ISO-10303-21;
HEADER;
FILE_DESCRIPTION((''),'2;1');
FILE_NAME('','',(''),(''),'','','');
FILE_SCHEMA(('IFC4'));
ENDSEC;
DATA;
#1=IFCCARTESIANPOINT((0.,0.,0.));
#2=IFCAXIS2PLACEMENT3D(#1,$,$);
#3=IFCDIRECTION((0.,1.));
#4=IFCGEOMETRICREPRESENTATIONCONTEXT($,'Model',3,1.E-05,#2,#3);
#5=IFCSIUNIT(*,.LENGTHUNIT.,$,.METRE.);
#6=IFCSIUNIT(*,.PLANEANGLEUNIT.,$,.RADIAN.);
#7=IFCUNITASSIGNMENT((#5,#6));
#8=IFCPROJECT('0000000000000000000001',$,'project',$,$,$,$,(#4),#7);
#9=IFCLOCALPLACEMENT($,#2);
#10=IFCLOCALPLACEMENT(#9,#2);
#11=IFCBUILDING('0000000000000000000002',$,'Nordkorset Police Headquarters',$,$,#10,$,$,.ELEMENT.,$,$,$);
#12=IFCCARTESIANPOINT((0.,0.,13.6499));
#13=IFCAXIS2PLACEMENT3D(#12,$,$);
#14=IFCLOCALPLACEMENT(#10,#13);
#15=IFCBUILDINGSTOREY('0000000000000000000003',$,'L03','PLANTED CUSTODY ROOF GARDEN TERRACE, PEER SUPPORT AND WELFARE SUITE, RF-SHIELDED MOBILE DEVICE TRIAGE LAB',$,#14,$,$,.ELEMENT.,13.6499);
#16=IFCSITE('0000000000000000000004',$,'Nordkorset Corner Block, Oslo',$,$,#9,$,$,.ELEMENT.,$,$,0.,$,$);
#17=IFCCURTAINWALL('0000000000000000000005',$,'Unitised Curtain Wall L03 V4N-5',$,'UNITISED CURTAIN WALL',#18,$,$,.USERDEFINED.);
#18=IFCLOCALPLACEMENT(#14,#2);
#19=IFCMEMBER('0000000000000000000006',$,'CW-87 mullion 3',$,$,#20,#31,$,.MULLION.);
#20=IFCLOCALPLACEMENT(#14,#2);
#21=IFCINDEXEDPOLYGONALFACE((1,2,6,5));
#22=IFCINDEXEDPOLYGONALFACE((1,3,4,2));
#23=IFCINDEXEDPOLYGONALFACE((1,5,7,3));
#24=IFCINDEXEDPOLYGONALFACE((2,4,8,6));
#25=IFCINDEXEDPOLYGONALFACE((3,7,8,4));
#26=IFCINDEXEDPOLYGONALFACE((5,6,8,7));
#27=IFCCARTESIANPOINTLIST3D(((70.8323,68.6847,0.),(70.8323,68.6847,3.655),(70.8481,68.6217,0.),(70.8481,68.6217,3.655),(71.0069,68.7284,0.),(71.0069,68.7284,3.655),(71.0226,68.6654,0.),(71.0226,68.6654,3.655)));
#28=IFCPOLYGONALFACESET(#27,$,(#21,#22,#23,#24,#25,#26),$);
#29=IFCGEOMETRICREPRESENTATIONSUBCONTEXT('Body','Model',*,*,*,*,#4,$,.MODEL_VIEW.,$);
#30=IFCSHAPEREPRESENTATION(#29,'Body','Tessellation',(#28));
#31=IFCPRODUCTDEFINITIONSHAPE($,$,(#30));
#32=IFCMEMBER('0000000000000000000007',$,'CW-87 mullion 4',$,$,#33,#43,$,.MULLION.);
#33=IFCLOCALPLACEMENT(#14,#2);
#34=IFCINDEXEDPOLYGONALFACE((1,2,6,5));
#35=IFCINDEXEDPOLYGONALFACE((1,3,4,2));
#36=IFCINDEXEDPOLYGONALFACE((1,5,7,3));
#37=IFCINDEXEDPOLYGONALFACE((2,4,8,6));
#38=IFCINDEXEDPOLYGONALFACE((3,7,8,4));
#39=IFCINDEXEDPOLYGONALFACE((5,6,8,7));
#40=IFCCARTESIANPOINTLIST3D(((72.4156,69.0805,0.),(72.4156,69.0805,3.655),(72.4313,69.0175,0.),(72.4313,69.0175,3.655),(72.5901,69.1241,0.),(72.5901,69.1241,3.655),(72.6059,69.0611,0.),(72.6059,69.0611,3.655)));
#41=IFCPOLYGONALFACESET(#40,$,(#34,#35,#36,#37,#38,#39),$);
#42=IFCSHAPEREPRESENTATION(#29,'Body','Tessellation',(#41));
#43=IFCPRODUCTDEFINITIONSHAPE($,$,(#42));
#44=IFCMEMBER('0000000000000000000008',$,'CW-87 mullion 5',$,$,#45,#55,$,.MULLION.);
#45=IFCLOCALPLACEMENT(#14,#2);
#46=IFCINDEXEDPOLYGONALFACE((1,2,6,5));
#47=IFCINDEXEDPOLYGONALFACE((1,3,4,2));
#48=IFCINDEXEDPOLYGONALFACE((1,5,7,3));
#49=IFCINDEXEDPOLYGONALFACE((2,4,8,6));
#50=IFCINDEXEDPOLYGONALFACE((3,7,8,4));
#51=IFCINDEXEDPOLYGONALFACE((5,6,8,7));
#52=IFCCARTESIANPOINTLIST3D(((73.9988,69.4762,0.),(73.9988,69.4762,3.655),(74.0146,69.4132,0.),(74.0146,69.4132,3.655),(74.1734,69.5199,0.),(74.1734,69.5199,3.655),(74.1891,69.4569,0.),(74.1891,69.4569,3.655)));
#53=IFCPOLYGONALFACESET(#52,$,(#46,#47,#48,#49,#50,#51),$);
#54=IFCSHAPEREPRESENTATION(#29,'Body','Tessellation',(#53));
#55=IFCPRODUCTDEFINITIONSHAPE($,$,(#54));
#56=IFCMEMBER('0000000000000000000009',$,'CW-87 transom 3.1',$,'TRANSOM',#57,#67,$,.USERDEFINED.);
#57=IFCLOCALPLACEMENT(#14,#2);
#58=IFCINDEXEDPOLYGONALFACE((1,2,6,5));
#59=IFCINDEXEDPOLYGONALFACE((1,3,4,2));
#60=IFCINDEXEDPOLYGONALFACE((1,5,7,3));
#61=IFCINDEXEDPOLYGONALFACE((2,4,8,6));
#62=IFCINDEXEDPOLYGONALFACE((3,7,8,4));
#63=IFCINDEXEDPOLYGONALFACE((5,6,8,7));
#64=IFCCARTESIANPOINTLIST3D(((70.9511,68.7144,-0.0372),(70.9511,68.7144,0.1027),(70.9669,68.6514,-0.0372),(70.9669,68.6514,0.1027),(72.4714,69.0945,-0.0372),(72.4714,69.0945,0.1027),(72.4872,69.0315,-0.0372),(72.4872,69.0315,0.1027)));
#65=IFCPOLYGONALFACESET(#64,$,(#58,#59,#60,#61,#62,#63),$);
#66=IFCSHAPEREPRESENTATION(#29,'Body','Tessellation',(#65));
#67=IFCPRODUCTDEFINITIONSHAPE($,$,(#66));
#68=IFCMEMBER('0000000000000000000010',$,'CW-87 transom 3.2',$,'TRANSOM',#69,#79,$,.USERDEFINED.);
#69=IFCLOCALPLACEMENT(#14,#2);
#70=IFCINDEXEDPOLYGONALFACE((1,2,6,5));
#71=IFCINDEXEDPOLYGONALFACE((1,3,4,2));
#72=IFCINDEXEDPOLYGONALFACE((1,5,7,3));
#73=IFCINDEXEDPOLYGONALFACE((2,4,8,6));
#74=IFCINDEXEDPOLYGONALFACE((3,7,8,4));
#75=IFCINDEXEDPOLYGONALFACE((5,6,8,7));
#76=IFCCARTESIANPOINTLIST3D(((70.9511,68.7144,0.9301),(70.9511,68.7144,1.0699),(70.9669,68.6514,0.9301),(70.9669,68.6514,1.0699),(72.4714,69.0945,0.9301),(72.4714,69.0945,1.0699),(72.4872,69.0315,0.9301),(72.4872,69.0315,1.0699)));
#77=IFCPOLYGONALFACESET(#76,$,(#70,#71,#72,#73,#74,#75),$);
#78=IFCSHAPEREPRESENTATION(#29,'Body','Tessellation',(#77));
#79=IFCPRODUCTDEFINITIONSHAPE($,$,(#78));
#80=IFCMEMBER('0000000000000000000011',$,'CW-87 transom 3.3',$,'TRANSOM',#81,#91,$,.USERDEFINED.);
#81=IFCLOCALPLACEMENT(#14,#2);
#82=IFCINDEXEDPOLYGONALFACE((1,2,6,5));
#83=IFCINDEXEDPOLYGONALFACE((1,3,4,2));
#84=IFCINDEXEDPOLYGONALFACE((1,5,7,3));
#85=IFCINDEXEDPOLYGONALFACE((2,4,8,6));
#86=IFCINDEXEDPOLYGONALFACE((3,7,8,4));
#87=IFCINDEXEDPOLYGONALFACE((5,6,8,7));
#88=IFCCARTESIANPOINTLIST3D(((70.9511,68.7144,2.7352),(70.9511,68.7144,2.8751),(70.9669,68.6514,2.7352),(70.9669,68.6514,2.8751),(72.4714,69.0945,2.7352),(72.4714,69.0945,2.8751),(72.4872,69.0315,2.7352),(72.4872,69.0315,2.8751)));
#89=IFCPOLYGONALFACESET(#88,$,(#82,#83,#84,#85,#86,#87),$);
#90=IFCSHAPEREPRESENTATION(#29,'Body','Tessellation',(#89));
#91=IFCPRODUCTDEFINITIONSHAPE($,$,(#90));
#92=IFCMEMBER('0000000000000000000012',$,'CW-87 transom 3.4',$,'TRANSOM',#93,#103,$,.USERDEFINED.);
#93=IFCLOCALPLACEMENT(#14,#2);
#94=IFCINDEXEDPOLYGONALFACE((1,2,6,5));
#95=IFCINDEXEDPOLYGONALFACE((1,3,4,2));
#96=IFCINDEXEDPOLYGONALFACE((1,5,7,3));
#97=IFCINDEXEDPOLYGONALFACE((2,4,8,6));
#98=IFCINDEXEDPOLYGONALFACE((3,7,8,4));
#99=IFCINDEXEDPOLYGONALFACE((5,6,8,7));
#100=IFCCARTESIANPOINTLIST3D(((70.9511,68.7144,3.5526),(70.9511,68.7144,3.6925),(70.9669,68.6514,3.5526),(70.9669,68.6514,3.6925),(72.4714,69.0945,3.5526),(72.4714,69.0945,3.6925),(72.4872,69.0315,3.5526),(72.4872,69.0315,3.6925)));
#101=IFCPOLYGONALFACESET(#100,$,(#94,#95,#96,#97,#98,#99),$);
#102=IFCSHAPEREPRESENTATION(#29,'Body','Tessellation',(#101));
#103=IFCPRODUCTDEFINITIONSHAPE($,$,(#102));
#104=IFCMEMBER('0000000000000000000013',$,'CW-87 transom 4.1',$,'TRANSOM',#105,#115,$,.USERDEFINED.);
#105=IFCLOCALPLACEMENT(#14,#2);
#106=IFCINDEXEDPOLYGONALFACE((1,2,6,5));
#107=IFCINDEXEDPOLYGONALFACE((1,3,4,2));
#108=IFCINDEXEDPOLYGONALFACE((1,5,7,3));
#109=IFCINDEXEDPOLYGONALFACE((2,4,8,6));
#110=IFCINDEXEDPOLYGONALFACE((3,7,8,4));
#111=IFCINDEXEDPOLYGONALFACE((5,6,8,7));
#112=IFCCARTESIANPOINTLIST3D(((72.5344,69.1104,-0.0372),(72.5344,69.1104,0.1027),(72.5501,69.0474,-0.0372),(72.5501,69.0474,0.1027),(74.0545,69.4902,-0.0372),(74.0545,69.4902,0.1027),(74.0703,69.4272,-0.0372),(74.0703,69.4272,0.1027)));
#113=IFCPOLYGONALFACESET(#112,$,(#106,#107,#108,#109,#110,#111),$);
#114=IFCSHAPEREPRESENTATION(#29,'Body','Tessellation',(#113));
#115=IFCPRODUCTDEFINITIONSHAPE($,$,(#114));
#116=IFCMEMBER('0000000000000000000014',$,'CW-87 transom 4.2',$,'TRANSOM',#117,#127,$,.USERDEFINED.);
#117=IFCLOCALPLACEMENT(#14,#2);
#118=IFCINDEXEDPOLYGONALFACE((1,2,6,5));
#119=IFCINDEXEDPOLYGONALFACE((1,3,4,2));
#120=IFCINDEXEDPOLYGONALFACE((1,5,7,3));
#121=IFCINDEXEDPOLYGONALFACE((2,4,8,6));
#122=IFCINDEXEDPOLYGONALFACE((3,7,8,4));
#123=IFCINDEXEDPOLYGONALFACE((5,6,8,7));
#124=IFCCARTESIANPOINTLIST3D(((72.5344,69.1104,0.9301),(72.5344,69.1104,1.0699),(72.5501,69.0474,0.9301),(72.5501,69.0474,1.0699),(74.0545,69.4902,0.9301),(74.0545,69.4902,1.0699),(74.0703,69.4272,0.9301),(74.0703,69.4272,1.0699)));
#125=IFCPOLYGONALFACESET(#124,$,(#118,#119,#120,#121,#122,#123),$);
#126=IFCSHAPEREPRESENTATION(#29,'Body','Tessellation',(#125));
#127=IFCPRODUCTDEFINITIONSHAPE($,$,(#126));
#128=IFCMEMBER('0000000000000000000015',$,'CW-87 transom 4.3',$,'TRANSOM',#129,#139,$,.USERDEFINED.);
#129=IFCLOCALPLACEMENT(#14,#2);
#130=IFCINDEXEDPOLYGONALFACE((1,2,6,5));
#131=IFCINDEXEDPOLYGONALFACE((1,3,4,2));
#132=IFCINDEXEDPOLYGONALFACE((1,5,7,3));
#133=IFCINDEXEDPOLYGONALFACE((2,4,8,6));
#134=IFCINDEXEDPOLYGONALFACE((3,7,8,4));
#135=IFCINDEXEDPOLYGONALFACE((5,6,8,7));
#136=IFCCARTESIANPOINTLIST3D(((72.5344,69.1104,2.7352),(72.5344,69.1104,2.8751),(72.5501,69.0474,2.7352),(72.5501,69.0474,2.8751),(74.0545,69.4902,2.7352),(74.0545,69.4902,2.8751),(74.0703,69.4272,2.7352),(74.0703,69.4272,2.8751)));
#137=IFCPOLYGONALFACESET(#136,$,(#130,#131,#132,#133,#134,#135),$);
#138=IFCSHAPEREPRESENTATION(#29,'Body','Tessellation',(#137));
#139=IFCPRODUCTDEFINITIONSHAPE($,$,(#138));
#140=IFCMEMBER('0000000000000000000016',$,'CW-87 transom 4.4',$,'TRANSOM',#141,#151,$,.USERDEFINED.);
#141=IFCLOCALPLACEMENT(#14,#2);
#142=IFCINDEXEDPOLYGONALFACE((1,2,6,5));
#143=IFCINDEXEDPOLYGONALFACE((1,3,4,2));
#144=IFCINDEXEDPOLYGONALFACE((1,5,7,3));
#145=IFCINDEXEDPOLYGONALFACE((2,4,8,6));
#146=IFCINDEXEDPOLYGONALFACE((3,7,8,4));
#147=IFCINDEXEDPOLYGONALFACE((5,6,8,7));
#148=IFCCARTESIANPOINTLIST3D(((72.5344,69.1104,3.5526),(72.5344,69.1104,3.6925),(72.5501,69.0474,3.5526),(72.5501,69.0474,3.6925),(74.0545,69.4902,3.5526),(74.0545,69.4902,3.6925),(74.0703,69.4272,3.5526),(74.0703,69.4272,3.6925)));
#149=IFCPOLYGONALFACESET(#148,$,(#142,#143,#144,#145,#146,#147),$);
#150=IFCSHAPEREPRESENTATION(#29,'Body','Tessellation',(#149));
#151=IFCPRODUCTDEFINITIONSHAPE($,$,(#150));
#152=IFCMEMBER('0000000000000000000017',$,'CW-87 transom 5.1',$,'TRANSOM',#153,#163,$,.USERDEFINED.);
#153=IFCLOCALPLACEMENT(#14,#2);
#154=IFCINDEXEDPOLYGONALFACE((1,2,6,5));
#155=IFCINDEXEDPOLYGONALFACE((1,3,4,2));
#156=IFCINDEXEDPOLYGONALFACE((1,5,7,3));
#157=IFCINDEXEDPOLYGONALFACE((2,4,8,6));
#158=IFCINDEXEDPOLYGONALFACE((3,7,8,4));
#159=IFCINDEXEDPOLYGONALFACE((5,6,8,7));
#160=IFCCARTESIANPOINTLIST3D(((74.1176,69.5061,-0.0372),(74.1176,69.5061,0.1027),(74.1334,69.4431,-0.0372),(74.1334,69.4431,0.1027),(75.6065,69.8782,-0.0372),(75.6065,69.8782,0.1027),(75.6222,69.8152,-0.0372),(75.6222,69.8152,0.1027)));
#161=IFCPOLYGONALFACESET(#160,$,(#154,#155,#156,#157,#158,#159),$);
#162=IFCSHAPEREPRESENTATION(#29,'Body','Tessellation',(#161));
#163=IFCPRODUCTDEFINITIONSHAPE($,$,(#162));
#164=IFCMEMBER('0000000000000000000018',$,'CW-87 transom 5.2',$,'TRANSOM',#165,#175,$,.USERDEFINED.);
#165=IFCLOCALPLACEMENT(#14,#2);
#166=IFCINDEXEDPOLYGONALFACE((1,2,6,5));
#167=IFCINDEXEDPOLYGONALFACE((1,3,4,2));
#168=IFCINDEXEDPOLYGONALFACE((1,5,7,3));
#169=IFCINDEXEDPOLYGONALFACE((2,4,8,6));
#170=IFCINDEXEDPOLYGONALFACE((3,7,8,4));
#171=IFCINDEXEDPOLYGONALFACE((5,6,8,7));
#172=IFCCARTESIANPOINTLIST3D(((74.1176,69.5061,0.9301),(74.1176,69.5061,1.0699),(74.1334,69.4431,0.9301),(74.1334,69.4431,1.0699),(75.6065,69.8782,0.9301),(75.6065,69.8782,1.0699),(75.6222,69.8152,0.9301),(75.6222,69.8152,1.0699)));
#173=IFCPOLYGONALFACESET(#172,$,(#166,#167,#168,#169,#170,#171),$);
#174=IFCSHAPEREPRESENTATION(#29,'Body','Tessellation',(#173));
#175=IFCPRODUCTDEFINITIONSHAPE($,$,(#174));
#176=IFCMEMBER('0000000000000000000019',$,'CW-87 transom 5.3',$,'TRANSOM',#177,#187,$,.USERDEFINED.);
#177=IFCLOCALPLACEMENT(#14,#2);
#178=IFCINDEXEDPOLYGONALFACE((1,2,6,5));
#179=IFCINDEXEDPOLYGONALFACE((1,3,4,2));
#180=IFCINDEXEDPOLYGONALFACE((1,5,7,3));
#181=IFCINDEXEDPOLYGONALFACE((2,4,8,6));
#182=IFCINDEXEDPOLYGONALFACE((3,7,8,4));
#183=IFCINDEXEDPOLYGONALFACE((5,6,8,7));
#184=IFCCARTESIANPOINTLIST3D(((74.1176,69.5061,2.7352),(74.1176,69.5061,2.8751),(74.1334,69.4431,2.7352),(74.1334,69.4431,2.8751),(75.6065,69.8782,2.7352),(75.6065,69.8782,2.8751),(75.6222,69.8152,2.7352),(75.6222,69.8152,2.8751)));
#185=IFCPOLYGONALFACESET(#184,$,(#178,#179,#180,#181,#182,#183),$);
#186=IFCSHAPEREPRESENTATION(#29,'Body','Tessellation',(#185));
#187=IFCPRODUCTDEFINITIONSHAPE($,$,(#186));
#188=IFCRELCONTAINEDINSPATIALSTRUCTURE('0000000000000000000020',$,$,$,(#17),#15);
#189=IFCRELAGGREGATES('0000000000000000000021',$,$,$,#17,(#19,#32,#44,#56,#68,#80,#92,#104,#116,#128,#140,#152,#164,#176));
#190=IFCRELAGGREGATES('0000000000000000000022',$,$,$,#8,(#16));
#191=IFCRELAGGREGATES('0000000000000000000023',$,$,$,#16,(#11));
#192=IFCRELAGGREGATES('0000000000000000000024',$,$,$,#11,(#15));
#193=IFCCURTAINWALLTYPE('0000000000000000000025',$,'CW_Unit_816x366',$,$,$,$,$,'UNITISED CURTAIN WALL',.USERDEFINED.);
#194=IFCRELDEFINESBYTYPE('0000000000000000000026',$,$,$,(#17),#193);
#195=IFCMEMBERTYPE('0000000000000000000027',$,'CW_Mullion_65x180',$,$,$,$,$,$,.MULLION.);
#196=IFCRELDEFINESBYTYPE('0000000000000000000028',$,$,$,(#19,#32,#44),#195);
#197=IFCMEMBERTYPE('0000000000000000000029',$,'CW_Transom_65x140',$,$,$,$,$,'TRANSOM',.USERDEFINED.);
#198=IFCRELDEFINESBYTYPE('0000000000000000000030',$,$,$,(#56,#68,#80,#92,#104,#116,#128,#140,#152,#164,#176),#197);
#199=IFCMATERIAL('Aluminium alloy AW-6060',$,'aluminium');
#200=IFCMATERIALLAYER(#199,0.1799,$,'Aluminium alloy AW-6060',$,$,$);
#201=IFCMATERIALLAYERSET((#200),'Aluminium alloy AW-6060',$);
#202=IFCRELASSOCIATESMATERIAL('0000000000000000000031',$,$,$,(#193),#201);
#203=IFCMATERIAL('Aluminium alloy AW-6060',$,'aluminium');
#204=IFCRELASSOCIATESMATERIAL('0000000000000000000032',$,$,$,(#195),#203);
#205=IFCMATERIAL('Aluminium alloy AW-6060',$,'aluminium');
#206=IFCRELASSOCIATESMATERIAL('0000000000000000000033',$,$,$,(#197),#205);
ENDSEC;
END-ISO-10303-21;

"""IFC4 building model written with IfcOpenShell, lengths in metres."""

from ifc_helpers import new_model, si_unit, direction, frame, origin, origin_2d, place, context, subcontext, project, spatial, rectangle, extrude, material, layer, layer_set, material_profile, profile_set, type_object, element, aggregate, save


model = new_model("IFC4")

# Units and contexts
model_context = context("Model", 3, precision=1e-05, world=origin(), true_north=direction((0.0, 1.0)))
body_context = subcontext(model_context, "Body", "Model", "MODEL_VIEW")
ifc_project = project(units=[si_unit("LENGTHUNIT", "METRE"), si_unit("PLANEANGLEUNIT", "RADIAN")], contexts=[model_context])

# Site, building, storey
site_placement = place(None, origin())
site = spatial("IfcSite", under=ifc_project, at=site_placement, Name="Nordkorset Corner Block, Oslo", CompositionType="ELEMENT", RefElevation=0.0)
building_placement = place(site_placement, origin())
building = spatial("IfcBuilding", under=site, at=building_placement, Name="Nordkorset Police Headquarters", CompositionType="ELEMENT")
storey_placement = place(building_placement, frame((0.0, 0.0, 13.6499)))
storey = spatial("IfcBuildingStorey", under=building, at=storey_placement, Name="L03", Description="PLANTED CUSTODY ROOF GARDEN TERRACE, PEER SUPPORT AND WELFARE SUITE, RF-SHIELDED MOBILE DEVICE TRIAGE LAB", CompositionType="ELEMENT", Elevation=13.6499)

# Curtain wall, members
ifc_material_1 = material(Name="Aluminium alloy AW-6060", Category="aluminium")
ifc_layer_1 = layer(ifc_material_1, 0.1799, Name="Aluminium alloy AW-6060")
ifc_layer_set_1 = layer_set([ifc_layer_1], Name="Aluminium alloy AW-6060")
curtain_wall_type = type_object("IfcCurtainWallType", Name="CW_Unit_816x366", ElementType="UNITISED CURTAIN WALL", PredefinedType="USERDEFINED", material=ifc_layer_set_1)
curtain_wall_placement = place(storey_placement, origin())
curtain_wall = element("IfcCurtainWall", 1, at=curtain_wall_placement, inside=storey, type_object=curtain_wall_type, Name="Unitised Curtain Wall L03 V4N-5", ObjectType="UNITISED CURTAIN WALL", PredefinedType="USERDEFINED")
ifc_material_2 = material(Name="Aluminium alloy AW-6060", Category="aluminium")
ifc_material_profile_1 = material_profile(ifc_material_2, rectangle(XDim=0.0649, YDim=0.1799, at=origin_2d()), Name="ALU MULL 65x180")
ifc_profile_set_1 = profile_set([ifc_material_profile_1], Name="Aluminium alloy AW-6060")
member_type_1 = type_object("IfcMemberType", Name="CW_Mullion_65x180", PredefinedType="MULLION", material=ifc_profile_set_1)
member_1_placement = place(storey_placement, frame((70.9275, 68.675, 0.0), z_axis=(0.0, 0.0, 1.0), x_axis=(-0.242536, 0.970143, 0.0)))
member_1 = element("IfcMember", 2, at=member_1_placement, type_object=member_type_1, Name="CW-87 mullion 3", PredefinedType="MULLION", context=body_context, shape_type="SweptSolid", body=[
    extrude(rectangle(XDim=0.0649, YDim=0.1799, at=origin_2d()), origin(), (0.0, 0.0, 1.0), 3.655),
])
member_2_placement = place(storey_placement, frame((72.5107, 69.0708, 0.0), z_axis=(0.0, 0.0, 1.0), x_axis=(-0.242536, 0.970143, 0.0)))
member_2 = element("IfcMember", 3, at=member_2_placement, type_object=member_type_1, Name="CW-87 mullion 4", PredefinedType="MULLION", context=body_context, shape_type="SweptSolid", body=[
    extrude(rectangle(XDim=0.0649, YDim=0.1799, at=origin_2d()), origin(), (0.0, 0.0, 1.0), 3.655),
])
member_3_placement = place(storey_placement, frame((74.094, 69.4666, 0.0), z_axis=(0.0, 0.0, 1.0), x_axis=(-0.242536, 0.970143, 0.0)))
member_3 = element("IfcMember", 4, at=member_3_placement, type_object=member_type_1, Name="CW-87 mullion 5", PredefinedType="MULLION", context=body_context, shape_type="SweptSolid", body=[
    extrude(rectangle(XDim=0.0649, YDim=0.1799, at=origin_2d()), origin(), (0.0, 0.0, 1.0), 3.655),
])
ifc_material_3 = material(Name="Aluminium alloy AW-6060", Category="aluminium")
ifc_material_profile_2 = material_profile(ifc_material_3, rectangle(XDim=0.0649, YDim=0.1399, at=origin_2d()), Name="ALU TRAN 65x140")
ifc_profile_set_2 = profile_set([ifc_material_profile_2], Name="Aluminium alloy AW-6060")
member_type_2 = type_object("IfcMemberType", Name="CW_Transom_65x140", ElementType="TRANSOM", PredefinedType="USERDEFINED", material=ifc_profile_set_2)
member_4_placement = place(storey_placement, frame((70.959, 68.6829, 0.0327), z_axis=(0.970133, 0.242572, 0.0), x_axis=(-0.242572, 0.970133, 0.0)))
member_4 = element("IfcMember", 5, at=member_4_placement, type_object=member_type_2, Name="CW-87 transom 3.1", ObjectType="TRANSOM", PredefinedType="USERDEFINED", context=body_context, shape_type="SweptSolid", body=[
    extrude(rectangle(XDim=0.0649, YDim=0.1399, at=origin_2d()), origin(), (0.0, 0.0, 1.0), 1.5671),
])
member_5_placement = place(storey_placement, frame((70.959, 68.6829, 1.0), z_axis=(0.970133, 0.242572, 0.0), x_axis=(-0.242572, 0.970133, 0.0)))
member_5 = element("IfcMember", 6, at=member_5_placement, type_object=member_type_2, Name="CW-87 transom 3.2", ObjectType="TRANSOM", PredefinedType="USERDEFINED", context=body_context, shape_type="SweptSolid", body=[
    extrude(rectangle(XDim=0.0649, YDim=0.1399, at=origin_2d()), origin(), (0.0, 0.0, 1.0), 1.5671),
])
member_6_placement = place(storey_placement, frame((70.959, 68.6829, 2.8052), z_axis=(0.970133, 0.242572, 0.0), x_axis=(-0.242572, 0.970133, 0.0)))
member_6 = element("IfcMember", 7, at=member_6_placement, type_object=member_type_2, Name="CW-87 transom 3.3", ObjectType="TRANSOM", PredefinedType="USERDEFINED", context=body_context, shape_type="SweptSolid", body=[
    extrude(rectangle(XDim=0.0649, YDim=0.1399, at=origin_2d()), origin(), (0.0, 0.0, 1.0), 1.5671),
])
member_7_placement = place(storey_placement, frame((70.959, 68.6829, 3.6226), z_axis=(0.970133, 0.242572, 0.0), x_axis=(-0.242572, 0.970133, 0.0)))
member_7 = element("IfcMember", 8, at=member_7_placement, type_object=member_type_2, Name="CW-87 transom 3.4", ObjectType="TRANSOM", PredefinedType="USERDEFINED", context=body_context, shape_type="SweptSolid", body=[
    extrude(rectangle(XDim=0.0649, YDim=0.1399, at=origin_2d()), origin(), (0.0, 0.0, 1.0), 1.5671),
])
member_8_placement = place(storey_placement, frame((72.5422, 69.0789, 0.0327), z_axis=(0.97017, 0.242426, 0.0), x_axis=(-0.242426, 0.97017, 0.0)))
member_8 = element("IfcMember", 9, at=member_8_placement, type_object=member_type_2, Name="CW-87 transom 4.1", ObjectType="TRANSOM", PredefinedType="USERDEFINED", context=body_context, shape_type="SweptSolid", body=[
    extrude(rectangle(XDim=0.0649, YDim=0.1399, at=origin_2d()), origin(), (0.0, 0.0, 1.0), 1.5669),
])
member_9_placement = place(storey_placement, frame((72.5422, 69.0789, 1.0), z_axis=(0.97017, 0.242426, 0.0), x_axis=(-0.242426, 0.97017, 0.0)))
member_9 = element("IfcMember", 10, at=member_9_placement, type_object=member_type_2, Name="CW-87 transom 4.2", ObjectType="TRANSOM", PredefinedType="USERDEFINED", context=body_context, shape_type="SweptSolid", body=[
    extrude(rectangle(XDim=0.0649, YDim=0.1399, at=origin_2d()), origin(), (0.0, 0.0, 1.0), 1.5669),
])
member_10_placement = place(storey_placement, frame((72.5422, 69.0789, 2.8052), z_axis=(0.97017, 0.242426, 0.0), x_axis=(-0.242426, 0.97017, 0.0)))
member_10 = element("IfcMember", 11, at=member_10_placement, type_object=member_type_2, Name="CW-87 transom 4.3", ObjectType="TRANSOM", PredefinedType="USERDEFINED", context=body_context, shape_type="SweptSolid", body=[
    extrude(rectangle(XDim=0.0649, YDim=0.1399, at=origin_2d()), origin(), (0.0, 0.0, 1.0), 1.5669),
])
member_11_placement = place(storey_placement, frame((72.5422, 69.0789, 3.6226), z_axis=(0.97017, 0.242426, 0.0), x_axis=(-0.242426, 0.97017, 0.0)))
member_11 = element("IfcMember", 12, at=member_11_placement, type_object=member_type_2, Name="CW-87 transom 4.4", ObjectType="TRANSOM", PredefinedType="USERDEFINED", context=body_context, shape_type="SweptSolid", body=[
    extrude(rectangle(XDim=0.0649, YDim=0.1399, at=origin_2d()), origin(), (0.0, 0.0, 1.0), 1.5669),
])
member_12_placement = place(storey_placement, frame((74.1255, 69.4746, 0.0327), z_axis=(0.970161, 0.242461, 0.0), x_axis=(-0.242461, 0.970161, 0.0)))
member_12 = element("IfcMember", 13, at=member_12_placement, type_object=member_type_2, Name="CW-87 transom 5.1", ObjectType="TRANSOM", PredefinedType="USERDEFINED", context=body_context, shape_type="SweptSolid", body=[
    extrude(rectangle(XDim=0.0649, YDim=0.1399, at=origin_2d()), origin(), (0.0, 0.0, 1.0), 1.5347),
])
member_13_placement = place(storey_placement, frame((74.1255, 69.4746, 1.0), z_axis=(0.970161, 0.242461, 0.0), x_axis=(-0.242461, 0.970161, 0.0)))
member_13 = element("IfcMember", 14, at=member_13_placement, type_object=member_type_2, Name="CW-87 transom 5.2", ObjectType="TRANSOM", PredefinedType="USERDEFINED", context=body_context, shape_type="SweptSolid", body=[
    extrude(rectangle(XDim=0.0649, YDim=0.1399, at=origin_2d()), origin(), (0.0, 0.0, 1.0), 1.5347),
])
member_14_placement = place(storey_placement, frame((74.1255, 69.4746, 2.8052), z_axis=(0.970161, 0.242461, 0.0), x_axis=(-0.242461, 0.970161, 0.0)))
member_14 = element("IfcMember", 15, at=member_14_placement, type_object=member_type_2, Name="CW-87 transom 5.3", ObjectType="TRANSOM", PredefinedType="USERDEFINED", context=body_context, shape_type="SweptSolid", body=[
    extrude(rectangle(XDim=0.0649, YDim=0.1399, at=origin_2d()), origin(), (0.0, 0.0, 1.0), 1.5347),
])
aggregate(curtain_wall, [member_1, member_2, member_3, member_4, member_5, member_6, member_7, member_8, member_9, member_10, member_11, member_12, member_13, member_14])

save(model, "model.ifc")
